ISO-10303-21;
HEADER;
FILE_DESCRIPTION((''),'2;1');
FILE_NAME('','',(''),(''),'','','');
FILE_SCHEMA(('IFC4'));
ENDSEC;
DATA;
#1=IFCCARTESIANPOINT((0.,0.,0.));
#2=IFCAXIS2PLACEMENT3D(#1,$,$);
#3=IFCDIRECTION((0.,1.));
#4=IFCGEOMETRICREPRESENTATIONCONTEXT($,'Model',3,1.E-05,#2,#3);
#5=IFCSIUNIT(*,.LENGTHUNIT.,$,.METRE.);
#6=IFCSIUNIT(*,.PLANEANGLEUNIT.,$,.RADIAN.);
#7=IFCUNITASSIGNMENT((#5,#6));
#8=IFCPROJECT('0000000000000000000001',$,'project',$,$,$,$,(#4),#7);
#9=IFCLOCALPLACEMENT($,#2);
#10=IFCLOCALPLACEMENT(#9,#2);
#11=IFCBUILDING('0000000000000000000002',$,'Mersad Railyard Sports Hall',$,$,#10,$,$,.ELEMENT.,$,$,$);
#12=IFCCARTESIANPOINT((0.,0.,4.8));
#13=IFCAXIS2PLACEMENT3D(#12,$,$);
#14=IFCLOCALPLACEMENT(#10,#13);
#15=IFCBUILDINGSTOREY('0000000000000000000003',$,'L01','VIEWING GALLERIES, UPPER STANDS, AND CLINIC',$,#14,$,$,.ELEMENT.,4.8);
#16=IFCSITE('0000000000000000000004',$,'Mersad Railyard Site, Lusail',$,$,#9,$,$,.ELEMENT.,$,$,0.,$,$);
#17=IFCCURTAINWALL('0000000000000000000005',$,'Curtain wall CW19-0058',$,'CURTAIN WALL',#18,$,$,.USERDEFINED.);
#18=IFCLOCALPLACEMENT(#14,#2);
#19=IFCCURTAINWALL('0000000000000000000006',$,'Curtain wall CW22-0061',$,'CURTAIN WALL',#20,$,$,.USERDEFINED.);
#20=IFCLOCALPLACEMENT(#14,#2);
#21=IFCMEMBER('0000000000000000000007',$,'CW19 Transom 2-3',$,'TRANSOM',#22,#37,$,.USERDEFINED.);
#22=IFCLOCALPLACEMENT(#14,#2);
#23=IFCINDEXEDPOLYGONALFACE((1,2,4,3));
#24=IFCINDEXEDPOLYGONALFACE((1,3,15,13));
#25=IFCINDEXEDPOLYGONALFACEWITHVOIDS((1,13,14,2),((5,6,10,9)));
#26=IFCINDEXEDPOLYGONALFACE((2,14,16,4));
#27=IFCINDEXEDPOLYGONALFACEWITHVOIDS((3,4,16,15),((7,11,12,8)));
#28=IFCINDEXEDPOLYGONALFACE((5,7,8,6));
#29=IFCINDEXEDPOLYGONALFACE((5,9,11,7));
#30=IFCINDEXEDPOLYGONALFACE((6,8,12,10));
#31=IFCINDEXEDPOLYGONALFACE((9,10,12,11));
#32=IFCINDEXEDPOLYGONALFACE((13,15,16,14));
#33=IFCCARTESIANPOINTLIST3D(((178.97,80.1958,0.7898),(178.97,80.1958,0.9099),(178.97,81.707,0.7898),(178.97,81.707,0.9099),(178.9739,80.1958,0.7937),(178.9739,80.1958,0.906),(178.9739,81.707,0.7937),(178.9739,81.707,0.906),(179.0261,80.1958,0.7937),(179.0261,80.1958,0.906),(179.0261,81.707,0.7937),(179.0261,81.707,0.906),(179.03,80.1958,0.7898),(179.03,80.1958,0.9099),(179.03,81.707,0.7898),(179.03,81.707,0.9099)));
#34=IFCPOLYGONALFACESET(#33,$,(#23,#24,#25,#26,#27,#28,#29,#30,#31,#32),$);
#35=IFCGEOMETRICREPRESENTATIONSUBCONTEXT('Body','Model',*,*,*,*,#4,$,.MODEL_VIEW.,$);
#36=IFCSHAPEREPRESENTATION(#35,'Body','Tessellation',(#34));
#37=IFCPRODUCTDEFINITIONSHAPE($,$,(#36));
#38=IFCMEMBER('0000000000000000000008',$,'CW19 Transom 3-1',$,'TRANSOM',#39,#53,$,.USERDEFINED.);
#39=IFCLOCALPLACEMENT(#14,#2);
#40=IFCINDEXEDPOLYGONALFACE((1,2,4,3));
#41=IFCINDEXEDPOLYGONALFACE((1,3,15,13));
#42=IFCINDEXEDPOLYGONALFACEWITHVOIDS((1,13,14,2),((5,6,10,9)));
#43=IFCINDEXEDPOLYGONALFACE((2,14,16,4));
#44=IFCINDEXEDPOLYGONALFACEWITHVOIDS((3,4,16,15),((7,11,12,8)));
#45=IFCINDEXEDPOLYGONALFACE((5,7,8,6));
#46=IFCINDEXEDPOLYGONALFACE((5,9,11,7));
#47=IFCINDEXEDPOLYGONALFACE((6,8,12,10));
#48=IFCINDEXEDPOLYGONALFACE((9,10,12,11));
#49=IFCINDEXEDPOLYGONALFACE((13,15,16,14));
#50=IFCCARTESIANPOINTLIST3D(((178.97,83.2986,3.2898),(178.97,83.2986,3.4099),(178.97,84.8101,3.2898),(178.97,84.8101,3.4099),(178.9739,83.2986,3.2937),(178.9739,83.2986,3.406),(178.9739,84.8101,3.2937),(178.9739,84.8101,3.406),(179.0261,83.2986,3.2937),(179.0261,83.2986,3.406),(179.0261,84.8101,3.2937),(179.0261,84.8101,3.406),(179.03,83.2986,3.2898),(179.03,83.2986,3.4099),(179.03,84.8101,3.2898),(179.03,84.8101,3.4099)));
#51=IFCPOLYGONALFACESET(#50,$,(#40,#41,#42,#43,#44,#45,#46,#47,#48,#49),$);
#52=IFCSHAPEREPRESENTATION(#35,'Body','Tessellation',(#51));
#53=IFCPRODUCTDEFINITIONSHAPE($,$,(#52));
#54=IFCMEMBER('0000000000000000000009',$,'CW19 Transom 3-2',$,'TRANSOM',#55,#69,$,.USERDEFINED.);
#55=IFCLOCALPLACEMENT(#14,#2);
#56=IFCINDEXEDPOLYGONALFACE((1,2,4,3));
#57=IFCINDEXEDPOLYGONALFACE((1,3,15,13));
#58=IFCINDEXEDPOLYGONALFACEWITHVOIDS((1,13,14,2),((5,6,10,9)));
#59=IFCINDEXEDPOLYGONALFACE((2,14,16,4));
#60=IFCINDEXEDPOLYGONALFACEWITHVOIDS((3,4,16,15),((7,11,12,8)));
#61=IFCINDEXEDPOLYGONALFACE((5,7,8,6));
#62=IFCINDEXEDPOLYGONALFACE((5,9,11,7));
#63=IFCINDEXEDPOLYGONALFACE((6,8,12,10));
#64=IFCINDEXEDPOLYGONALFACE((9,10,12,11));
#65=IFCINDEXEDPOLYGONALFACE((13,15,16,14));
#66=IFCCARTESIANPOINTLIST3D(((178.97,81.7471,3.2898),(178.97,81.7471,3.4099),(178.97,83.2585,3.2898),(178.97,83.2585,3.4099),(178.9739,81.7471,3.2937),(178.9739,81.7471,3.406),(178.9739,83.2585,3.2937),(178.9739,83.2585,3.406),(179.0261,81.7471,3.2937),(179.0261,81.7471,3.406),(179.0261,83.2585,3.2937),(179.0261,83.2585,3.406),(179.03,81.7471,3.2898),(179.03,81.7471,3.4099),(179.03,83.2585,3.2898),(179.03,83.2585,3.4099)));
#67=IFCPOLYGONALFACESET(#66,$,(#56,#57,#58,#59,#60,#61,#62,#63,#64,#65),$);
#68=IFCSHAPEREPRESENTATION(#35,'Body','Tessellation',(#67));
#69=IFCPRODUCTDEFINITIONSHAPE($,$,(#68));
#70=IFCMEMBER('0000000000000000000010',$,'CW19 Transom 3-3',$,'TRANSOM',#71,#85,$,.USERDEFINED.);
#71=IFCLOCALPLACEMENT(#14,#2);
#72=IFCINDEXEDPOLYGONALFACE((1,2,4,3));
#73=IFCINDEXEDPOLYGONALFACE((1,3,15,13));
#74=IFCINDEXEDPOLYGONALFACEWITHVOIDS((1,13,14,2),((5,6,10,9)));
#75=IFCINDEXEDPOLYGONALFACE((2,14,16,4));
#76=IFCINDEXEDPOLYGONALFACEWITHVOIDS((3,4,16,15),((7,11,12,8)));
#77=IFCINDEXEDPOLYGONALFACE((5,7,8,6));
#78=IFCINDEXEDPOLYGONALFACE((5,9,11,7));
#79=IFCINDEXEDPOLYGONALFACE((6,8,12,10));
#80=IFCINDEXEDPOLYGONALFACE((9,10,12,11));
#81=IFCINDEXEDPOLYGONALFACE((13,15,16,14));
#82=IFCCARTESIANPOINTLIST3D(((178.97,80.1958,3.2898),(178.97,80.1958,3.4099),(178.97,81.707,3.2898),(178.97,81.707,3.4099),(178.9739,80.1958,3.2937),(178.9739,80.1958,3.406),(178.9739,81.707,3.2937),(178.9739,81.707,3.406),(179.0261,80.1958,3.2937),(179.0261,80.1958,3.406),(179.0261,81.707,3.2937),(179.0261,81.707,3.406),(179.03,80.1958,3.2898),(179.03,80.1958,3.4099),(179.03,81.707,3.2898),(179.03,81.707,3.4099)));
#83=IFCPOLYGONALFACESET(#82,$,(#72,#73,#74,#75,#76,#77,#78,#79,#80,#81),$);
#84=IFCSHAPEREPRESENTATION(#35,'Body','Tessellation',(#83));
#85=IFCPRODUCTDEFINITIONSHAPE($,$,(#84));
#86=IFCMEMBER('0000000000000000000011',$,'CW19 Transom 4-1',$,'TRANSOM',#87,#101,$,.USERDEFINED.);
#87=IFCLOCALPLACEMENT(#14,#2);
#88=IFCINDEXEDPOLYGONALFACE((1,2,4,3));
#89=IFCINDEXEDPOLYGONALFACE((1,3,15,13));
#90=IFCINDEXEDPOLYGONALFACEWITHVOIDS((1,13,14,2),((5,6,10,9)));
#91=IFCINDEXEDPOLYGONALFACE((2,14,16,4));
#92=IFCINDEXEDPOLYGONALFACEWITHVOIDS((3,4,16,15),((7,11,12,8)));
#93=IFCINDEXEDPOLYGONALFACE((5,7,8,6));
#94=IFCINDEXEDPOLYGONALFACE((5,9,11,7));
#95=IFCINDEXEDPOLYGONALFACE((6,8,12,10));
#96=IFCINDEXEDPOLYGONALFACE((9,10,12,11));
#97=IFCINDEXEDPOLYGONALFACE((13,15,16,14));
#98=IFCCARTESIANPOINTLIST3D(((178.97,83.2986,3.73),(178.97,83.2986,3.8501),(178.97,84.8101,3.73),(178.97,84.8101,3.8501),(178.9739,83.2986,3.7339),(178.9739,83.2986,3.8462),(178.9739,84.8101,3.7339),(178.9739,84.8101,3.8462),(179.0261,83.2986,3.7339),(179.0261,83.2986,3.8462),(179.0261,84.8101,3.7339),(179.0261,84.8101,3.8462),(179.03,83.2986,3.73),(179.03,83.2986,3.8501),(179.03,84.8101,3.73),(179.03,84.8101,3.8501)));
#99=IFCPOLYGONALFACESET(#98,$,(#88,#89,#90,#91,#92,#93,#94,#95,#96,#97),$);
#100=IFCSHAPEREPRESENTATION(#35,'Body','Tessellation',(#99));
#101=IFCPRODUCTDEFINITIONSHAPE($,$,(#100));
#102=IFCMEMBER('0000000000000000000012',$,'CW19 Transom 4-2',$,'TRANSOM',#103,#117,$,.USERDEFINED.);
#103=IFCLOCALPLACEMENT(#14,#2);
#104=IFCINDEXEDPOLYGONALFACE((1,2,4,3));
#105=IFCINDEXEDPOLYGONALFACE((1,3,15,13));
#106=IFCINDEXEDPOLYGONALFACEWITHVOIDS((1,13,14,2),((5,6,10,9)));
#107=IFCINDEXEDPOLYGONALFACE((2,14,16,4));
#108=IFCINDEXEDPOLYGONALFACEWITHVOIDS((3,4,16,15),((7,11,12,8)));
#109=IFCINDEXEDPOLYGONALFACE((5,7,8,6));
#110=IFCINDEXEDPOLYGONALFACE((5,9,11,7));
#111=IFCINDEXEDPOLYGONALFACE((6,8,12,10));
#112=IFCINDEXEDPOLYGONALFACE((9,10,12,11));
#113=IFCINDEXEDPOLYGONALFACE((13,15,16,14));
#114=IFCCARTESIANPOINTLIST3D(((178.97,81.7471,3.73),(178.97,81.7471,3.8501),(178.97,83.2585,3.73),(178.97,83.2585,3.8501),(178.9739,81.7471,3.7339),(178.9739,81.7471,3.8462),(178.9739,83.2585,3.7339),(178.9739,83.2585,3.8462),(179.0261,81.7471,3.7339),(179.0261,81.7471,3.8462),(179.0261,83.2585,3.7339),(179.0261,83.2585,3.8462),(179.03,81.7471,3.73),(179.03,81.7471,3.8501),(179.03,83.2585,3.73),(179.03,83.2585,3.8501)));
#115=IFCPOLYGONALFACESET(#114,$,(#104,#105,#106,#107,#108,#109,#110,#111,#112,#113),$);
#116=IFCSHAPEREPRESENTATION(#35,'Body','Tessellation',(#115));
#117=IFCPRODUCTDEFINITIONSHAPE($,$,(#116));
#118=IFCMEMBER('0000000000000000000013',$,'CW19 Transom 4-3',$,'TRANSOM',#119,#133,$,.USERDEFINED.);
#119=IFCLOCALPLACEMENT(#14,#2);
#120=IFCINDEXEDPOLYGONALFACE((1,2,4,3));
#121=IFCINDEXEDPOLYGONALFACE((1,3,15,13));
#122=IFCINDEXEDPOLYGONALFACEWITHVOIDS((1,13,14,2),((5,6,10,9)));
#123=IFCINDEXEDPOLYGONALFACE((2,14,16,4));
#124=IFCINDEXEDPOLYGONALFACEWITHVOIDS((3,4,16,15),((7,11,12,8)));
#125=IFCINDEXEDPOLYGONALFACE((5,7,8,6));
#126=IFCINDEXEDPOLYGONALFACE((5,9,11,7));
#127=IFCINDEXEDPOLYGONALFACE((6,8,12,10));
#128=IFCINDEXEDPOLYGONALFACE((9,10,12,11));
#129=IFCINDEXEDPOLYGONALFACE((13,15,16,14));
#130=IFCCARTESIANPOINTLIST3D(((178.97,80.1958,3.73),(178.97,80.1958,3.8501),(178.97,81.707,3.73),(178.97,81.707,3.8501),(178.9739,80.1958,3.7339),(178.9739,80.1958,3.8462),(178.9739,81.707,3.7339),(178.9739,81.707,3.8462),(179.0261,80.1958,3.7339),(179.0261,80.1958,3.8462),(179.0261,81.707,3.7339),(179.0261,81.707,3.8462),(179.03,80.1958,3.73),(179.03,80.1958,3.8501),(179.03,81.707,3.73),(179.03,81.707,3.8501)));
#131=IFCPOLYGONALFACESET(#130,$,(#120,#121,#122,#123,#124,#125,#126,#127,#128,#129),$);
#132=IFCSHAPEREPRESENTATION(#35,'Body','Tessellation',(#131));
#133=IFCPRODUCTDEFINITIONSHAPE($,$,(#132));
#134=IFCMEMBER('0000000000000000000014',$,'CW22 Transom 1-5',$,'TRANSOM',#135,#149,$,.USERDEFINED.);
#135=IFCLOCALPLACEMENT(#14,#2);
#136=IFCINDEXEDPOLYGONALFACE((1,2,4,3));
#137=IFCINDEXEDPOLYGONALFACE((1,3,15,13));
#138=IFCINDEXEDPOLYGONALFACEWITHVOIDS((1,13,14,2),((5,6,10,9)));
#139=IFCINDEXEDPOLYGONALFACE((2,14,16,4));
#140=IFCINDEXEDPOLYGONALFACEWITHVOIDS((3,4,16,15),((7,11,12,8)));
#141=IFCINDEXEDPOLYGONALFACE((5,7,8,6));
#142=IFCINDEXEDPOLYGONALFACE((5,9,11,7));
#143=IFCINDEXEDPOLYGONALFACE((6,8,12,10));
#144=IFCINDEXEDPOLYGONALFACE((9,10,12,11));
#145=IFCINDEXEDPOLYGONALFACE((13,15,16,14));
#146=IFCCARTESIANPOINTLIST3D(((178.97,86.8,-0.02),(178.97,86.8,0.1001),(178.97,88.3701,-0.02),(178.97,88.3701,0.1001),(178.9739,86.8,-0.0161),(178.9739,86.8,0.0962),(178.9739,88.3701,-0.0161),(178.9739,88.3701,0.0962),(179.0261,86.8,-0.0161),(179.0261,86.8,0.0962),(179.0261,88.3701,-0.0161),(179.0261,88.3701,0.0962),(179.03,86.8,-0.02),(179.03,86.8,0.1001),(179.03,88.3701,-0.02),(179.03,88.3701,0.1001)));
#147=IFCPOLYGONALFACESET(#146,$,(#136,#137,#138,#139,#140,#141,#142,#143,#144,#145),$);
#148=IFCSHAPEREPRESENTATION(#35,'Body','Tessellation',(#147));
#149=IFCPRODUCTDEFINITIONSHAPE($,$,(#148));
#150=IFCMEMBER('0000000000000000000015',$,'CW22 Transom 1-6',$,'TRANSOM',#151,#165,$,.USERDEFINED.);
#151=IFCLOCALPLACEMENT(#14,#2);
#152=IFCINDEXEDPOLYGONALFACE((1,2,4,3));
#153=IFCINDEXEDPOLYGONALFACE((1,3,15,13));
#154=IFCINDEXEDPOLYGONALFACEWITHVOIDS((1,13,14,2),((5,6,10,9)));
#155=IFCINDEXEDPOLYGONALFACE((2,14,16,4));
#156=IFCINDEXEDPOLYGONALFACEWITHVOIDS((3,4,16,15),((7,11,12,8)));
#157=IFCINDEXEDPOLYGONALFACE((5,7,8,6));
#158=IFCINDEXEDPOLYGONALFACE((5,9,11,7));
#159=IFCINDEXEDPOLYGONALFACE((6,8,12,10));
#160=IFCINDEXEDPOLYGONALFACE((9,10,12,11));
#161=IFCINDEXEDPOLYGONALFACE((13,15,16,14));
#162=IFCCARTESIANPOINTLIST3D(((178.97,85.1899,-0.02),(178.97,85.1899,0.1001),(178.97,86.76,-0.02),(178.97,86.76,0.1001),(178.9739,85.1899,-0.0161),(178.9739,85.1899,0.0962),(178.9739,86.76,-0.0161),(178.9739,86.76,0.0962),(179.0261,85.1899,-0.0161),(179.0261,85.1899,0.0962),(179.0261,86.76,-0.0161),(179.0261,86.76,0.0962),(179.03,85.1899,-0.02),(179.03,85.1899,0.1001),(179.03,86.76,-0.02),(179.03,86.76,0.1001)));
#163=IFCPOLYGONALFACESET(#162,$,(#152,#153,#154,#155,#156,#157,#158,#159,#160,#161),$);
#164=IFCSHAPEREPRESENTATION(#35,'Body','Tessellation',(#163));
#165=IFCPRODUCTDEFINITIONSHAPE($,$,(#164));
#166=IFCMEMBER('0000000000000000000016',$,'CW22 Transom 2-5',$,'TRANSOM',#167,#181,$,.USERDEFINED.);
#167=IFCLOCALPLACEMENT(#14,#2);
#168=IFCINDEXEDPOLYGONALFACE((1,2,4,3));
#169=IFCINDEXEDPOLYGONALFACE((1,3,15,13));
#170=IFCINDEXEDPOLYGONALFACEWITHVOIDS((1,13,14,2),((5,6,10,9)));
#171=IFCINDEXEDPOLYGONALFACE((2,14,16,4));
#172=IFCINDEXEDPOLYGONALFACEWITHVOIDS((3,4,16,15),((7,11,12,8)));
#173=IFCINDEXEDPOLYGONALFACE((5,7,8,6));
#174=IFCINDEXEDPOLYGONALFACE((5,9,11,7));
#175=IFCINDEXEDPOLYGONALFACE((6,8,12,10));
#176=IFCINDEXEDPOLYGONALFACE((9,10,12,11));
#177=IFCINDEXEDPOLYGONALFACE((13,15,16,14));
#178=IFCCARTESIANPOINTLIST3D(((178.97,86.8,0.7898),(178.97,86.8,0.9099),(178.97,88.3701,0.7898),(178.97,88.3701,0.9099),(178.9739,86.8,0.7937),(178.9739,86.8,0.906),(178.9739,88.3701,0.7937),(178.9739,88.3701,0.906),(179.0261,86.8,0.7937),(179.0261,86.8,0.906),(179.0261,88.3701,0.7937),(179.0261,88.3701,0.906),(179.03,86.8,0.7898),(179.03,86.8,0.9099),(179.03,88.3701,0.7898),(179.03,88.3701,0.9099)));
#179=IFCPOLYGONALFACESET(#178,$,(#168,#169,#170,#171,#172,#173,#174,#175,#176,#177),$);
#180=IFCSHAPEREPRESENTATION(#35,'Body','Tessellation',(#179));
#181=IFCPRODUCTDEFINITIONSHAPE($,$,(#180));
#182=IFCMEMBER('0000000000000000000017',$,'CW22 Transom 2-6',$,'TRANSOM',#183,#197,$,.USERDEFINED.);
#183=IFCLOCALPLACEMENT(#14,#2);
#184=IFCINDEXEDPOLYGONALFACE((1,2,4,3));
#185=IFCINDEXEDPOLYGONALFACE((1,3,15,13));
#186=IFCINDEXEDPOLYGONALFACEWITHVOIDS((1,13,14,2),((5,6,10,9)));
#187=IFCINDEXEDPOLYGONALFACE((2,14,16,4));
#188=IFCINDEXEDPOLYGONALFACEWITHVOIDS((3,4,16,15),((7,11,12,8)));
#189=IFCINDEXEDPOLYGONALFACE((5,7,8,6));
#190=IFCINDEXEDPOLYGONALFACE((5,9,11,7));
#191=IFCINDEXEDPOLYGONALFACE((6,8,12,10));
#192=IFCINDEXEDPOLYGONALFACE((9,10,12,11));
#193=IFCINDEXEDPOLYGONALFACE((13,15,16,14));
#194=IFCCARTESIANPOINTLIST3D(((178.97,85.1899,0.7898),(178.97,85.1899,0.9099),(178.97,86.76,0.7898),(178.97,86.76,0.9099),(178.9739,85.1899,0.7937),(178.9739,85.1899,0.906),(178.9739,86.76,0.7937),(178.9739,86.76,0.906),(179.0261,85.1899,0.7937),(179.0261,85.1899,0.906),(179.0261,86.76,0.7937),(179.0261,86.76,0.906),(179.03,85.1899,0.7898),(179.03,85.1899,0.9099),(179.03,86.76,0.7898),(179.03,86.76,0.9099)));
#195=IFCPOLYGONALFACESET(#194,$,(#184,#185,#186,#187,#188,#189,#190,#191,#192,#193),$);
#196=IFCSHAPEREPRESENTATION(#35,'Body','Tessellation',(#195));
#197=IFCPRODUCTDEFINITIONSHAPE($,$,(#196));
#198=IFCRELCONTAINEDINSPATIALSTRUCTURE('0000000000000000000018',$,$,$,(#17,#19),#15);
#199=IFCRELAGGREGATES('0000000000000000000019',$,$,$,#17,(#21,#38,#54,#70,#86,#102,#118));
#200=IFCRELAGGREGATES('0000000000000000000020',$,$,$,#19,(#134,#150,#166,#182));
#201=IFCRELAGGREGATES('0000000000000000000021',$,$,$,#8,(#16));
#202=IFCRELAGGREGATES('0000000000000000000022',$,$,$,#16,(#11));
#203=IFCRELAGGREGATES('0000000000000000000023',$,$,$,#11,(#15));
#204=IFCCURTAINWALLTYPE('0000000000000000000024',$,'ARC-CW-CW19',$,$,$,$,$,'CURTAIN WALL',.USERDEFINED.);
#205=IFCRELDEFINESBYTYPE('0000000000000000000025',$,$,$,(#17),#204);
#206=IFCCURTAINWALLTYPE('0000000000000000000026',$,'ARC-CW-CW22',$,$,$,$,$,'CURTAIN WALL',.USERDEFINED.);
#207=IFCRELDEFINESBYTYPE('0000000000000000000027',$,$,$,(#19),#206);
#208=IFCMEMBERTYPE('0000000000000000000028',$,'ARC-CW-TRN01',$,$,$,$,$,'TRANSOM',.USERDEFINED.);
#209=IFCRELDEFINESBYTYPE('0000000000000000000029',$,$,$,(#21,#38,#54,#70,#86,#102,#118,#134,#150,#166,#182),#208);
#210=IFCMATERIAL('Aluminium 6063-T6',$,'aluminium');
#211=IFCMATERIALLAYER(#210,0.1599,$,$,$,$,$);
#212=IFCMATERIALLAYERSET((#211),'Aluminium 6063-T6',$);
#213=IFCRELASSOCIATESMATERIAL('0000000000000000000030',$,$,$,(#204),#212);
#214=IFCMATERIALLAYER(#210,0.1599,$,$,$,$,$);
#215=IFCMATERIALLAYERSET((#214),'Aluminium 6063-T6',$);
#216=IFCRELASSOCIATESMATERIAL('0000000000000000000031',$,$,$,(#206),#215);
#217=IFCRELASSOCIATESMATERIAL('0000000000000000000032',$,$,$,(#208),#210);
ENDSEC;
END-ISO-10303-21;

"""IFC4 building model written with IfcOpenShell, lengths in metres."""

from ifc_helpers import new_model, si_unit, direction, frame, origin, origin_2d, place, context, subcontext, project, spatial, hollow_rectangle, extrude, material, layer, layer_set, material_profile, profile_set, type_object, element, aggregate, save


model = new_model("IFC4")

# Units and contexts
model_context = context("Model", 3, precision=1e-05, world=origin(), true_north=direction((0.0, 1.0)))
body_context = subcontext(model_context, "Body", "Model", "MODEL_VIEW")
ifc_project = project(units=[si_unit("LENGTHUNIT", "METRE"), si_unit("PLANEANGLEUNIT", "RADIAN")], contexts=[model_context])

# Site, building, storey
site_placement = place(None, origin())
site = spatial("IfcSite", under=ifc_project, at=site_placement, Name="Mersad Railyard Site, Lusail", CompositionType="ELEMENT", RefElevation=0.0)
building_placement = place(site_placement, origin())
building = spatial("IfcBuilding", under=site, at=building_placement, Name="Mersad Railyard Sports Hall", CompositionType="ELEMENT")
storey_placement = place(building_placement, frame((0.0, 0.0, 4.8)))
storey = spatial("IfcBuildingStorey", under=building, at=storey_placement, Name="L01", Description="VIEWING GALLERIES, UPPER STANDS, AND CLINIC", CompositionType="ELEMENT", Elevation=4.8)

# Curtain walls
ifc_material_1 = material(Name="Aluminium 6063-T6", Category="aluminium")
ifc_layer_1 = layer(ifc_material_1, 0.1599)
ifc_layer_set_1 = layer_set([ifc_layer_1], Name="Aluminium 6063-T6")
curtain_wall_type_1 = type_object("IfcCurtainWallType", Name="ARC-CW-CW19", ElementType="CURTAIN WALL", PredefinedType="USERDEFINED", material=ifc_layer_set_1)
curtain_wall_1_placement = place(storey_placement, origin())
curtain_wall_1 = element("IfcCurtainWall", 1, at=curtain_wall_1_placement, inside=storey, type_object=curtain_wall_type_1, Name="Curtain wall CW19-0058", ObjectType="CURTAIN WALL", PredefinedType="USERDEFINED")
ifc_layer_2 = layer(ifc_material_1, 0.1599)
ifc_layer_set_2 = layer_set([ifc_layer_2], Name="Aluminium 6063-T6")
curtain_wall_type_2 = type_object("IfcCurtainWallType", Name="ARC-CW-CW22", ElementType="CURTAIN WALL", PredefinedType="USERDEFINED", material=ifc_layer_set_2)
curtain_wall_2_placement = place(storey_placement, origin())
curtain_wall_2 = element("IfcCurtainWall", 2, at=curtain_wall_2_placement, inside=storey, type_object=curtain_wall_type_2, Name="Curtain wall CW22-0061", ObjectType="CURTAIN WALL", PredefinedType="USERDEFINED")

# Members
ifc_material_profile_1 = material_profile(ifc_material_1, hollow_rectangle(XDim=0.0601, YDim=0.1201, WallThickness=0.0039, at=origin_2d()), Name="AL TRANSOM 60x120x4")
ifc_profile_set_1 = profile_set([ifc_material_profile_1], Name="Aluminium 6063-T6")
member_type_1 = type_object("IfcMemberType", Name="ARC-CW-TRN01", ElementType="TRANSOM", PredefinedType="USERDEFINED", material=ifc_profile_set_1)
member_1_placement = place(storey_placement, frame((179.0, 81.707, 0.8499), z_axis=(0.0, -1.0, 0.0), x_axis=(1.0, 0.0, 0.0)))
member_1 = element("IfcMember", 3, at=member_1_placement, type_object=member_type_1, Name="CW19 Transom 2-3", ObjectType="TRANSOM", PredefinedType="USERDEFINED", context=body_context, shape_type="SweptSolid", body=[
    extrude(hollow_rectangle(XDim=0.0601, YDim=0.1201, WallThickness=0.0039, at=origin_2d()), origin(), (0.0, 0.0, 1.0), 1.5112),
])
member_2_placement = place(storey_placement, frame((179.0, 84.8101, 3.3499), z_axis=(0.0, -1.0, 0.0), x_axis=(1.0, 0.0, 0.0)))
member_2 = element("IfcMember", 4, at=member_2_placement, type_object=member_type_1, Name="CW19 Transom 3-1", ObjectType="TRANSOM", PredefinedType="USERDEFINED", context=body_context, shape_type="SweptSolid", body=[
    extrude(hollow_rectangle(XDim=0.0601, YDim=0.1201, WallThickness=0.0039, at=origin_2d()), origin(), (0.0, 0.0, 1.0), 1.5115),
])
member_3_placement = place(storey_placement, frame((179.0, 83.2585, 3.3499), z_axis=(0.0, -1.0, 0.0), x_axis=(1.0, 0.0, 0.0)))
member_3 = element("IfcMember", 5, at=member_3_placement, type_object=member_type_1, Name="CW19 Transom 3-2", ObjectType="TRANSOM", PredefinedType="USERDEFINED", context=body_context, shape_type="SweptSolid", body=[
    extrude(hollow_rectangle(XDim=0.0601, YDim=0.1201, WallThickness=0.0039, at=origin_2d()), origin(), (0.0, 0.0, 1.0), 1.5115),
])
member_4_placement = place(storey_placement, frame((179.0, 81.707, 3.3499), z_axis=(0.0, -1.0, 0.0), x_axis=(1.0, 0.0, 0.0)))
member_4 = element("IfcMember", 6, at=member_4_placement, type_object=member_type_1, Name="CW19 Transom 3-3", ObjectType="TRANSOM", PredefinedType="USERDEFINED", context=body_context, shape_type="SweptSolid", body=[
    extrude(hollow_rectangle(XDim=0.0601, YDim=0.1201, WallThickness=0.0039, at=origin_2d()), origin(), (0.0, 0.0, 1.0), 1.5112),
])
member_5_placement = place(storey_placement, frame((179.0, 84.8101, 3.79), z_axis=(0.0, -1.0, 0.0), x_axis=(1.0, 0.0, 0.0)))
member_5 = element("IfcMember", 7, at=member_5_placement, type_object=member_type_1, Name="CW19 Transom 4-1", ObjectType="TRANSOM", PredefinedType="USERDEFINED", context=body_context, shape_type="SweptSolid", body=[
    extrude(hollow_rectangle(XDim=0.0601, YDim=0.1201, WallThickness=0.0039, at=origin_2d()), origin(), (0.0, 0.0, 1.0), 1.5115),
])
member_6_placement = place(storey_placement, frame((179.0, 83.2585, 3.79), z_axis=(0.0, -1.0, 0.0), x_axis=(1.0, 0.0, 0.0)))
member_6 = element("IfcMember", 8, at=member_6_placement, type_object=member_type_1, Name="CW19 Transom 4-2", ObjectType="TRANSOM", PredefinedType="USERDEFINED", context=body_context, shape_type="SweptSolid", body=[
    extrude(hollow_rectangle(XDim=0.0601, YDim=0.1201, WallThickness=0.0039, at=origin_2d()), origin(), (0.0, 0.0, 1.0), 1.5115),
])
member_7_placement = place(storey_placement, frame((179.0, 81.707, 3.79), z_axis=(0.0, -1.0, 0.0), x_axis=(1.0, 0.0, 0.0)))
member_7 = element("IfcMember", 9, at=member_7_placement, type_object=member_type_1, Name="CW19 Transom 4-3", ObjectType="TRANSOM", PredefinedType="USERDEFINED", context=body_context, shape_type="SweptSolid", body=[
    extrude(hollow_rectangle(XDim=0.0601, YDim=0.1201, WallThickness=0.0039, at=origin_2d()), origin(), (0.0, 0.0, 1.0), 1.5112),
])
member_8_placement = place(storey_placement, frame((179.0, 88.3701, 0.04), z_axis=(0.0, -1.0, 0.0), x_axis=(1.0, 0.0, 0.0)))
member_8 = element("IfcMember", 10, at=member_8_placement, type_object=member_type_1, Name="CW22 Transom 1-5", ObjectType="TRANSOM", PredefinedType="USERDEFINED", context=body_context, shape_type="SweptSolid", body=[
    extrude(hollow_rectangle(XDim=0.0601, YDim=0.1201, WallThickness=0.0039, at=origin_2d()), origin(), (0.0, 0.0, 1.0), 1.5701),
])
member_9_placement = place(storey_placement, frame((179.0, 86.76, 0.04), z_axis=(0.0, -1.0, 0.0), x_axis=(1.0, 0.0, 0.0)))
member_9 = element("IfcMember", 11, at=member_9_placement, type_object=member_type_1, Name="CW22 Transom 1-6", ObjectType="TRANSOM", PredefinedType="USERDEFINED", context=body_context, shape_type="SweptSolid", body=[
    extrude(hollow_rectangle(XDim=0.0601, YDim=0.1201, WallThickness=0.0039, at=origin_2d()), origin(), (0.0, 0.0, 1.0), 1.5701),
])
member_10_placement = place(storey_placement, frame((179.0, 88.3701, 0.8499), z_axis=(0.0, -1.0, 0.0), x_axis=(1.0, 0.0, 0.0)))
member_10 = element("IfcMember", 12, at=member_10_placement, type_object=member_type_1, Name="CW22 Transom 2-5", ObjectType="TRANSOM", PredefinedType="USERDEFINED", context=body_context, shape_type="SweptSolid", body=[
    extrude(hollow_rectangle(XDim=0.0601, YDim=0.1201, WallThickness=0.0039, at=origin_2d()), origin(), (0.0, 0.0, 1.0), 1.5701),
])
member_11_placement = place(storey_placement, frame((179.0, 86.76, 0.8499), z_axis=(0.0, -1.0, 0.0), x_axis=(1.0, 0.0, 0.0)))
member_11 = element("IfcMember", 13, at=member_11_placement, type_object=member_type_1, Name="CW22 Transom 2-6", ObjectType="TRANSOM", PredefinedType="USERDEFINED", context=body_context, shape_type="SweptSolid", body=[
    extrude(hollow_rectangle(XDim=0.0601, YDim=0.1201, WallThickness=0.0039, at=origin_2d()), origin(), (0.0, 0.0, 1.0), 1.5701),
])

aggregate(curtain_wall_1, [member_1, member_2, member_3, member_4, member_5, member_6, member_7])
aggregate(curtain_wall_2, [member_8, member_9, member_10, member_11])

save(model, "model.ifc")
